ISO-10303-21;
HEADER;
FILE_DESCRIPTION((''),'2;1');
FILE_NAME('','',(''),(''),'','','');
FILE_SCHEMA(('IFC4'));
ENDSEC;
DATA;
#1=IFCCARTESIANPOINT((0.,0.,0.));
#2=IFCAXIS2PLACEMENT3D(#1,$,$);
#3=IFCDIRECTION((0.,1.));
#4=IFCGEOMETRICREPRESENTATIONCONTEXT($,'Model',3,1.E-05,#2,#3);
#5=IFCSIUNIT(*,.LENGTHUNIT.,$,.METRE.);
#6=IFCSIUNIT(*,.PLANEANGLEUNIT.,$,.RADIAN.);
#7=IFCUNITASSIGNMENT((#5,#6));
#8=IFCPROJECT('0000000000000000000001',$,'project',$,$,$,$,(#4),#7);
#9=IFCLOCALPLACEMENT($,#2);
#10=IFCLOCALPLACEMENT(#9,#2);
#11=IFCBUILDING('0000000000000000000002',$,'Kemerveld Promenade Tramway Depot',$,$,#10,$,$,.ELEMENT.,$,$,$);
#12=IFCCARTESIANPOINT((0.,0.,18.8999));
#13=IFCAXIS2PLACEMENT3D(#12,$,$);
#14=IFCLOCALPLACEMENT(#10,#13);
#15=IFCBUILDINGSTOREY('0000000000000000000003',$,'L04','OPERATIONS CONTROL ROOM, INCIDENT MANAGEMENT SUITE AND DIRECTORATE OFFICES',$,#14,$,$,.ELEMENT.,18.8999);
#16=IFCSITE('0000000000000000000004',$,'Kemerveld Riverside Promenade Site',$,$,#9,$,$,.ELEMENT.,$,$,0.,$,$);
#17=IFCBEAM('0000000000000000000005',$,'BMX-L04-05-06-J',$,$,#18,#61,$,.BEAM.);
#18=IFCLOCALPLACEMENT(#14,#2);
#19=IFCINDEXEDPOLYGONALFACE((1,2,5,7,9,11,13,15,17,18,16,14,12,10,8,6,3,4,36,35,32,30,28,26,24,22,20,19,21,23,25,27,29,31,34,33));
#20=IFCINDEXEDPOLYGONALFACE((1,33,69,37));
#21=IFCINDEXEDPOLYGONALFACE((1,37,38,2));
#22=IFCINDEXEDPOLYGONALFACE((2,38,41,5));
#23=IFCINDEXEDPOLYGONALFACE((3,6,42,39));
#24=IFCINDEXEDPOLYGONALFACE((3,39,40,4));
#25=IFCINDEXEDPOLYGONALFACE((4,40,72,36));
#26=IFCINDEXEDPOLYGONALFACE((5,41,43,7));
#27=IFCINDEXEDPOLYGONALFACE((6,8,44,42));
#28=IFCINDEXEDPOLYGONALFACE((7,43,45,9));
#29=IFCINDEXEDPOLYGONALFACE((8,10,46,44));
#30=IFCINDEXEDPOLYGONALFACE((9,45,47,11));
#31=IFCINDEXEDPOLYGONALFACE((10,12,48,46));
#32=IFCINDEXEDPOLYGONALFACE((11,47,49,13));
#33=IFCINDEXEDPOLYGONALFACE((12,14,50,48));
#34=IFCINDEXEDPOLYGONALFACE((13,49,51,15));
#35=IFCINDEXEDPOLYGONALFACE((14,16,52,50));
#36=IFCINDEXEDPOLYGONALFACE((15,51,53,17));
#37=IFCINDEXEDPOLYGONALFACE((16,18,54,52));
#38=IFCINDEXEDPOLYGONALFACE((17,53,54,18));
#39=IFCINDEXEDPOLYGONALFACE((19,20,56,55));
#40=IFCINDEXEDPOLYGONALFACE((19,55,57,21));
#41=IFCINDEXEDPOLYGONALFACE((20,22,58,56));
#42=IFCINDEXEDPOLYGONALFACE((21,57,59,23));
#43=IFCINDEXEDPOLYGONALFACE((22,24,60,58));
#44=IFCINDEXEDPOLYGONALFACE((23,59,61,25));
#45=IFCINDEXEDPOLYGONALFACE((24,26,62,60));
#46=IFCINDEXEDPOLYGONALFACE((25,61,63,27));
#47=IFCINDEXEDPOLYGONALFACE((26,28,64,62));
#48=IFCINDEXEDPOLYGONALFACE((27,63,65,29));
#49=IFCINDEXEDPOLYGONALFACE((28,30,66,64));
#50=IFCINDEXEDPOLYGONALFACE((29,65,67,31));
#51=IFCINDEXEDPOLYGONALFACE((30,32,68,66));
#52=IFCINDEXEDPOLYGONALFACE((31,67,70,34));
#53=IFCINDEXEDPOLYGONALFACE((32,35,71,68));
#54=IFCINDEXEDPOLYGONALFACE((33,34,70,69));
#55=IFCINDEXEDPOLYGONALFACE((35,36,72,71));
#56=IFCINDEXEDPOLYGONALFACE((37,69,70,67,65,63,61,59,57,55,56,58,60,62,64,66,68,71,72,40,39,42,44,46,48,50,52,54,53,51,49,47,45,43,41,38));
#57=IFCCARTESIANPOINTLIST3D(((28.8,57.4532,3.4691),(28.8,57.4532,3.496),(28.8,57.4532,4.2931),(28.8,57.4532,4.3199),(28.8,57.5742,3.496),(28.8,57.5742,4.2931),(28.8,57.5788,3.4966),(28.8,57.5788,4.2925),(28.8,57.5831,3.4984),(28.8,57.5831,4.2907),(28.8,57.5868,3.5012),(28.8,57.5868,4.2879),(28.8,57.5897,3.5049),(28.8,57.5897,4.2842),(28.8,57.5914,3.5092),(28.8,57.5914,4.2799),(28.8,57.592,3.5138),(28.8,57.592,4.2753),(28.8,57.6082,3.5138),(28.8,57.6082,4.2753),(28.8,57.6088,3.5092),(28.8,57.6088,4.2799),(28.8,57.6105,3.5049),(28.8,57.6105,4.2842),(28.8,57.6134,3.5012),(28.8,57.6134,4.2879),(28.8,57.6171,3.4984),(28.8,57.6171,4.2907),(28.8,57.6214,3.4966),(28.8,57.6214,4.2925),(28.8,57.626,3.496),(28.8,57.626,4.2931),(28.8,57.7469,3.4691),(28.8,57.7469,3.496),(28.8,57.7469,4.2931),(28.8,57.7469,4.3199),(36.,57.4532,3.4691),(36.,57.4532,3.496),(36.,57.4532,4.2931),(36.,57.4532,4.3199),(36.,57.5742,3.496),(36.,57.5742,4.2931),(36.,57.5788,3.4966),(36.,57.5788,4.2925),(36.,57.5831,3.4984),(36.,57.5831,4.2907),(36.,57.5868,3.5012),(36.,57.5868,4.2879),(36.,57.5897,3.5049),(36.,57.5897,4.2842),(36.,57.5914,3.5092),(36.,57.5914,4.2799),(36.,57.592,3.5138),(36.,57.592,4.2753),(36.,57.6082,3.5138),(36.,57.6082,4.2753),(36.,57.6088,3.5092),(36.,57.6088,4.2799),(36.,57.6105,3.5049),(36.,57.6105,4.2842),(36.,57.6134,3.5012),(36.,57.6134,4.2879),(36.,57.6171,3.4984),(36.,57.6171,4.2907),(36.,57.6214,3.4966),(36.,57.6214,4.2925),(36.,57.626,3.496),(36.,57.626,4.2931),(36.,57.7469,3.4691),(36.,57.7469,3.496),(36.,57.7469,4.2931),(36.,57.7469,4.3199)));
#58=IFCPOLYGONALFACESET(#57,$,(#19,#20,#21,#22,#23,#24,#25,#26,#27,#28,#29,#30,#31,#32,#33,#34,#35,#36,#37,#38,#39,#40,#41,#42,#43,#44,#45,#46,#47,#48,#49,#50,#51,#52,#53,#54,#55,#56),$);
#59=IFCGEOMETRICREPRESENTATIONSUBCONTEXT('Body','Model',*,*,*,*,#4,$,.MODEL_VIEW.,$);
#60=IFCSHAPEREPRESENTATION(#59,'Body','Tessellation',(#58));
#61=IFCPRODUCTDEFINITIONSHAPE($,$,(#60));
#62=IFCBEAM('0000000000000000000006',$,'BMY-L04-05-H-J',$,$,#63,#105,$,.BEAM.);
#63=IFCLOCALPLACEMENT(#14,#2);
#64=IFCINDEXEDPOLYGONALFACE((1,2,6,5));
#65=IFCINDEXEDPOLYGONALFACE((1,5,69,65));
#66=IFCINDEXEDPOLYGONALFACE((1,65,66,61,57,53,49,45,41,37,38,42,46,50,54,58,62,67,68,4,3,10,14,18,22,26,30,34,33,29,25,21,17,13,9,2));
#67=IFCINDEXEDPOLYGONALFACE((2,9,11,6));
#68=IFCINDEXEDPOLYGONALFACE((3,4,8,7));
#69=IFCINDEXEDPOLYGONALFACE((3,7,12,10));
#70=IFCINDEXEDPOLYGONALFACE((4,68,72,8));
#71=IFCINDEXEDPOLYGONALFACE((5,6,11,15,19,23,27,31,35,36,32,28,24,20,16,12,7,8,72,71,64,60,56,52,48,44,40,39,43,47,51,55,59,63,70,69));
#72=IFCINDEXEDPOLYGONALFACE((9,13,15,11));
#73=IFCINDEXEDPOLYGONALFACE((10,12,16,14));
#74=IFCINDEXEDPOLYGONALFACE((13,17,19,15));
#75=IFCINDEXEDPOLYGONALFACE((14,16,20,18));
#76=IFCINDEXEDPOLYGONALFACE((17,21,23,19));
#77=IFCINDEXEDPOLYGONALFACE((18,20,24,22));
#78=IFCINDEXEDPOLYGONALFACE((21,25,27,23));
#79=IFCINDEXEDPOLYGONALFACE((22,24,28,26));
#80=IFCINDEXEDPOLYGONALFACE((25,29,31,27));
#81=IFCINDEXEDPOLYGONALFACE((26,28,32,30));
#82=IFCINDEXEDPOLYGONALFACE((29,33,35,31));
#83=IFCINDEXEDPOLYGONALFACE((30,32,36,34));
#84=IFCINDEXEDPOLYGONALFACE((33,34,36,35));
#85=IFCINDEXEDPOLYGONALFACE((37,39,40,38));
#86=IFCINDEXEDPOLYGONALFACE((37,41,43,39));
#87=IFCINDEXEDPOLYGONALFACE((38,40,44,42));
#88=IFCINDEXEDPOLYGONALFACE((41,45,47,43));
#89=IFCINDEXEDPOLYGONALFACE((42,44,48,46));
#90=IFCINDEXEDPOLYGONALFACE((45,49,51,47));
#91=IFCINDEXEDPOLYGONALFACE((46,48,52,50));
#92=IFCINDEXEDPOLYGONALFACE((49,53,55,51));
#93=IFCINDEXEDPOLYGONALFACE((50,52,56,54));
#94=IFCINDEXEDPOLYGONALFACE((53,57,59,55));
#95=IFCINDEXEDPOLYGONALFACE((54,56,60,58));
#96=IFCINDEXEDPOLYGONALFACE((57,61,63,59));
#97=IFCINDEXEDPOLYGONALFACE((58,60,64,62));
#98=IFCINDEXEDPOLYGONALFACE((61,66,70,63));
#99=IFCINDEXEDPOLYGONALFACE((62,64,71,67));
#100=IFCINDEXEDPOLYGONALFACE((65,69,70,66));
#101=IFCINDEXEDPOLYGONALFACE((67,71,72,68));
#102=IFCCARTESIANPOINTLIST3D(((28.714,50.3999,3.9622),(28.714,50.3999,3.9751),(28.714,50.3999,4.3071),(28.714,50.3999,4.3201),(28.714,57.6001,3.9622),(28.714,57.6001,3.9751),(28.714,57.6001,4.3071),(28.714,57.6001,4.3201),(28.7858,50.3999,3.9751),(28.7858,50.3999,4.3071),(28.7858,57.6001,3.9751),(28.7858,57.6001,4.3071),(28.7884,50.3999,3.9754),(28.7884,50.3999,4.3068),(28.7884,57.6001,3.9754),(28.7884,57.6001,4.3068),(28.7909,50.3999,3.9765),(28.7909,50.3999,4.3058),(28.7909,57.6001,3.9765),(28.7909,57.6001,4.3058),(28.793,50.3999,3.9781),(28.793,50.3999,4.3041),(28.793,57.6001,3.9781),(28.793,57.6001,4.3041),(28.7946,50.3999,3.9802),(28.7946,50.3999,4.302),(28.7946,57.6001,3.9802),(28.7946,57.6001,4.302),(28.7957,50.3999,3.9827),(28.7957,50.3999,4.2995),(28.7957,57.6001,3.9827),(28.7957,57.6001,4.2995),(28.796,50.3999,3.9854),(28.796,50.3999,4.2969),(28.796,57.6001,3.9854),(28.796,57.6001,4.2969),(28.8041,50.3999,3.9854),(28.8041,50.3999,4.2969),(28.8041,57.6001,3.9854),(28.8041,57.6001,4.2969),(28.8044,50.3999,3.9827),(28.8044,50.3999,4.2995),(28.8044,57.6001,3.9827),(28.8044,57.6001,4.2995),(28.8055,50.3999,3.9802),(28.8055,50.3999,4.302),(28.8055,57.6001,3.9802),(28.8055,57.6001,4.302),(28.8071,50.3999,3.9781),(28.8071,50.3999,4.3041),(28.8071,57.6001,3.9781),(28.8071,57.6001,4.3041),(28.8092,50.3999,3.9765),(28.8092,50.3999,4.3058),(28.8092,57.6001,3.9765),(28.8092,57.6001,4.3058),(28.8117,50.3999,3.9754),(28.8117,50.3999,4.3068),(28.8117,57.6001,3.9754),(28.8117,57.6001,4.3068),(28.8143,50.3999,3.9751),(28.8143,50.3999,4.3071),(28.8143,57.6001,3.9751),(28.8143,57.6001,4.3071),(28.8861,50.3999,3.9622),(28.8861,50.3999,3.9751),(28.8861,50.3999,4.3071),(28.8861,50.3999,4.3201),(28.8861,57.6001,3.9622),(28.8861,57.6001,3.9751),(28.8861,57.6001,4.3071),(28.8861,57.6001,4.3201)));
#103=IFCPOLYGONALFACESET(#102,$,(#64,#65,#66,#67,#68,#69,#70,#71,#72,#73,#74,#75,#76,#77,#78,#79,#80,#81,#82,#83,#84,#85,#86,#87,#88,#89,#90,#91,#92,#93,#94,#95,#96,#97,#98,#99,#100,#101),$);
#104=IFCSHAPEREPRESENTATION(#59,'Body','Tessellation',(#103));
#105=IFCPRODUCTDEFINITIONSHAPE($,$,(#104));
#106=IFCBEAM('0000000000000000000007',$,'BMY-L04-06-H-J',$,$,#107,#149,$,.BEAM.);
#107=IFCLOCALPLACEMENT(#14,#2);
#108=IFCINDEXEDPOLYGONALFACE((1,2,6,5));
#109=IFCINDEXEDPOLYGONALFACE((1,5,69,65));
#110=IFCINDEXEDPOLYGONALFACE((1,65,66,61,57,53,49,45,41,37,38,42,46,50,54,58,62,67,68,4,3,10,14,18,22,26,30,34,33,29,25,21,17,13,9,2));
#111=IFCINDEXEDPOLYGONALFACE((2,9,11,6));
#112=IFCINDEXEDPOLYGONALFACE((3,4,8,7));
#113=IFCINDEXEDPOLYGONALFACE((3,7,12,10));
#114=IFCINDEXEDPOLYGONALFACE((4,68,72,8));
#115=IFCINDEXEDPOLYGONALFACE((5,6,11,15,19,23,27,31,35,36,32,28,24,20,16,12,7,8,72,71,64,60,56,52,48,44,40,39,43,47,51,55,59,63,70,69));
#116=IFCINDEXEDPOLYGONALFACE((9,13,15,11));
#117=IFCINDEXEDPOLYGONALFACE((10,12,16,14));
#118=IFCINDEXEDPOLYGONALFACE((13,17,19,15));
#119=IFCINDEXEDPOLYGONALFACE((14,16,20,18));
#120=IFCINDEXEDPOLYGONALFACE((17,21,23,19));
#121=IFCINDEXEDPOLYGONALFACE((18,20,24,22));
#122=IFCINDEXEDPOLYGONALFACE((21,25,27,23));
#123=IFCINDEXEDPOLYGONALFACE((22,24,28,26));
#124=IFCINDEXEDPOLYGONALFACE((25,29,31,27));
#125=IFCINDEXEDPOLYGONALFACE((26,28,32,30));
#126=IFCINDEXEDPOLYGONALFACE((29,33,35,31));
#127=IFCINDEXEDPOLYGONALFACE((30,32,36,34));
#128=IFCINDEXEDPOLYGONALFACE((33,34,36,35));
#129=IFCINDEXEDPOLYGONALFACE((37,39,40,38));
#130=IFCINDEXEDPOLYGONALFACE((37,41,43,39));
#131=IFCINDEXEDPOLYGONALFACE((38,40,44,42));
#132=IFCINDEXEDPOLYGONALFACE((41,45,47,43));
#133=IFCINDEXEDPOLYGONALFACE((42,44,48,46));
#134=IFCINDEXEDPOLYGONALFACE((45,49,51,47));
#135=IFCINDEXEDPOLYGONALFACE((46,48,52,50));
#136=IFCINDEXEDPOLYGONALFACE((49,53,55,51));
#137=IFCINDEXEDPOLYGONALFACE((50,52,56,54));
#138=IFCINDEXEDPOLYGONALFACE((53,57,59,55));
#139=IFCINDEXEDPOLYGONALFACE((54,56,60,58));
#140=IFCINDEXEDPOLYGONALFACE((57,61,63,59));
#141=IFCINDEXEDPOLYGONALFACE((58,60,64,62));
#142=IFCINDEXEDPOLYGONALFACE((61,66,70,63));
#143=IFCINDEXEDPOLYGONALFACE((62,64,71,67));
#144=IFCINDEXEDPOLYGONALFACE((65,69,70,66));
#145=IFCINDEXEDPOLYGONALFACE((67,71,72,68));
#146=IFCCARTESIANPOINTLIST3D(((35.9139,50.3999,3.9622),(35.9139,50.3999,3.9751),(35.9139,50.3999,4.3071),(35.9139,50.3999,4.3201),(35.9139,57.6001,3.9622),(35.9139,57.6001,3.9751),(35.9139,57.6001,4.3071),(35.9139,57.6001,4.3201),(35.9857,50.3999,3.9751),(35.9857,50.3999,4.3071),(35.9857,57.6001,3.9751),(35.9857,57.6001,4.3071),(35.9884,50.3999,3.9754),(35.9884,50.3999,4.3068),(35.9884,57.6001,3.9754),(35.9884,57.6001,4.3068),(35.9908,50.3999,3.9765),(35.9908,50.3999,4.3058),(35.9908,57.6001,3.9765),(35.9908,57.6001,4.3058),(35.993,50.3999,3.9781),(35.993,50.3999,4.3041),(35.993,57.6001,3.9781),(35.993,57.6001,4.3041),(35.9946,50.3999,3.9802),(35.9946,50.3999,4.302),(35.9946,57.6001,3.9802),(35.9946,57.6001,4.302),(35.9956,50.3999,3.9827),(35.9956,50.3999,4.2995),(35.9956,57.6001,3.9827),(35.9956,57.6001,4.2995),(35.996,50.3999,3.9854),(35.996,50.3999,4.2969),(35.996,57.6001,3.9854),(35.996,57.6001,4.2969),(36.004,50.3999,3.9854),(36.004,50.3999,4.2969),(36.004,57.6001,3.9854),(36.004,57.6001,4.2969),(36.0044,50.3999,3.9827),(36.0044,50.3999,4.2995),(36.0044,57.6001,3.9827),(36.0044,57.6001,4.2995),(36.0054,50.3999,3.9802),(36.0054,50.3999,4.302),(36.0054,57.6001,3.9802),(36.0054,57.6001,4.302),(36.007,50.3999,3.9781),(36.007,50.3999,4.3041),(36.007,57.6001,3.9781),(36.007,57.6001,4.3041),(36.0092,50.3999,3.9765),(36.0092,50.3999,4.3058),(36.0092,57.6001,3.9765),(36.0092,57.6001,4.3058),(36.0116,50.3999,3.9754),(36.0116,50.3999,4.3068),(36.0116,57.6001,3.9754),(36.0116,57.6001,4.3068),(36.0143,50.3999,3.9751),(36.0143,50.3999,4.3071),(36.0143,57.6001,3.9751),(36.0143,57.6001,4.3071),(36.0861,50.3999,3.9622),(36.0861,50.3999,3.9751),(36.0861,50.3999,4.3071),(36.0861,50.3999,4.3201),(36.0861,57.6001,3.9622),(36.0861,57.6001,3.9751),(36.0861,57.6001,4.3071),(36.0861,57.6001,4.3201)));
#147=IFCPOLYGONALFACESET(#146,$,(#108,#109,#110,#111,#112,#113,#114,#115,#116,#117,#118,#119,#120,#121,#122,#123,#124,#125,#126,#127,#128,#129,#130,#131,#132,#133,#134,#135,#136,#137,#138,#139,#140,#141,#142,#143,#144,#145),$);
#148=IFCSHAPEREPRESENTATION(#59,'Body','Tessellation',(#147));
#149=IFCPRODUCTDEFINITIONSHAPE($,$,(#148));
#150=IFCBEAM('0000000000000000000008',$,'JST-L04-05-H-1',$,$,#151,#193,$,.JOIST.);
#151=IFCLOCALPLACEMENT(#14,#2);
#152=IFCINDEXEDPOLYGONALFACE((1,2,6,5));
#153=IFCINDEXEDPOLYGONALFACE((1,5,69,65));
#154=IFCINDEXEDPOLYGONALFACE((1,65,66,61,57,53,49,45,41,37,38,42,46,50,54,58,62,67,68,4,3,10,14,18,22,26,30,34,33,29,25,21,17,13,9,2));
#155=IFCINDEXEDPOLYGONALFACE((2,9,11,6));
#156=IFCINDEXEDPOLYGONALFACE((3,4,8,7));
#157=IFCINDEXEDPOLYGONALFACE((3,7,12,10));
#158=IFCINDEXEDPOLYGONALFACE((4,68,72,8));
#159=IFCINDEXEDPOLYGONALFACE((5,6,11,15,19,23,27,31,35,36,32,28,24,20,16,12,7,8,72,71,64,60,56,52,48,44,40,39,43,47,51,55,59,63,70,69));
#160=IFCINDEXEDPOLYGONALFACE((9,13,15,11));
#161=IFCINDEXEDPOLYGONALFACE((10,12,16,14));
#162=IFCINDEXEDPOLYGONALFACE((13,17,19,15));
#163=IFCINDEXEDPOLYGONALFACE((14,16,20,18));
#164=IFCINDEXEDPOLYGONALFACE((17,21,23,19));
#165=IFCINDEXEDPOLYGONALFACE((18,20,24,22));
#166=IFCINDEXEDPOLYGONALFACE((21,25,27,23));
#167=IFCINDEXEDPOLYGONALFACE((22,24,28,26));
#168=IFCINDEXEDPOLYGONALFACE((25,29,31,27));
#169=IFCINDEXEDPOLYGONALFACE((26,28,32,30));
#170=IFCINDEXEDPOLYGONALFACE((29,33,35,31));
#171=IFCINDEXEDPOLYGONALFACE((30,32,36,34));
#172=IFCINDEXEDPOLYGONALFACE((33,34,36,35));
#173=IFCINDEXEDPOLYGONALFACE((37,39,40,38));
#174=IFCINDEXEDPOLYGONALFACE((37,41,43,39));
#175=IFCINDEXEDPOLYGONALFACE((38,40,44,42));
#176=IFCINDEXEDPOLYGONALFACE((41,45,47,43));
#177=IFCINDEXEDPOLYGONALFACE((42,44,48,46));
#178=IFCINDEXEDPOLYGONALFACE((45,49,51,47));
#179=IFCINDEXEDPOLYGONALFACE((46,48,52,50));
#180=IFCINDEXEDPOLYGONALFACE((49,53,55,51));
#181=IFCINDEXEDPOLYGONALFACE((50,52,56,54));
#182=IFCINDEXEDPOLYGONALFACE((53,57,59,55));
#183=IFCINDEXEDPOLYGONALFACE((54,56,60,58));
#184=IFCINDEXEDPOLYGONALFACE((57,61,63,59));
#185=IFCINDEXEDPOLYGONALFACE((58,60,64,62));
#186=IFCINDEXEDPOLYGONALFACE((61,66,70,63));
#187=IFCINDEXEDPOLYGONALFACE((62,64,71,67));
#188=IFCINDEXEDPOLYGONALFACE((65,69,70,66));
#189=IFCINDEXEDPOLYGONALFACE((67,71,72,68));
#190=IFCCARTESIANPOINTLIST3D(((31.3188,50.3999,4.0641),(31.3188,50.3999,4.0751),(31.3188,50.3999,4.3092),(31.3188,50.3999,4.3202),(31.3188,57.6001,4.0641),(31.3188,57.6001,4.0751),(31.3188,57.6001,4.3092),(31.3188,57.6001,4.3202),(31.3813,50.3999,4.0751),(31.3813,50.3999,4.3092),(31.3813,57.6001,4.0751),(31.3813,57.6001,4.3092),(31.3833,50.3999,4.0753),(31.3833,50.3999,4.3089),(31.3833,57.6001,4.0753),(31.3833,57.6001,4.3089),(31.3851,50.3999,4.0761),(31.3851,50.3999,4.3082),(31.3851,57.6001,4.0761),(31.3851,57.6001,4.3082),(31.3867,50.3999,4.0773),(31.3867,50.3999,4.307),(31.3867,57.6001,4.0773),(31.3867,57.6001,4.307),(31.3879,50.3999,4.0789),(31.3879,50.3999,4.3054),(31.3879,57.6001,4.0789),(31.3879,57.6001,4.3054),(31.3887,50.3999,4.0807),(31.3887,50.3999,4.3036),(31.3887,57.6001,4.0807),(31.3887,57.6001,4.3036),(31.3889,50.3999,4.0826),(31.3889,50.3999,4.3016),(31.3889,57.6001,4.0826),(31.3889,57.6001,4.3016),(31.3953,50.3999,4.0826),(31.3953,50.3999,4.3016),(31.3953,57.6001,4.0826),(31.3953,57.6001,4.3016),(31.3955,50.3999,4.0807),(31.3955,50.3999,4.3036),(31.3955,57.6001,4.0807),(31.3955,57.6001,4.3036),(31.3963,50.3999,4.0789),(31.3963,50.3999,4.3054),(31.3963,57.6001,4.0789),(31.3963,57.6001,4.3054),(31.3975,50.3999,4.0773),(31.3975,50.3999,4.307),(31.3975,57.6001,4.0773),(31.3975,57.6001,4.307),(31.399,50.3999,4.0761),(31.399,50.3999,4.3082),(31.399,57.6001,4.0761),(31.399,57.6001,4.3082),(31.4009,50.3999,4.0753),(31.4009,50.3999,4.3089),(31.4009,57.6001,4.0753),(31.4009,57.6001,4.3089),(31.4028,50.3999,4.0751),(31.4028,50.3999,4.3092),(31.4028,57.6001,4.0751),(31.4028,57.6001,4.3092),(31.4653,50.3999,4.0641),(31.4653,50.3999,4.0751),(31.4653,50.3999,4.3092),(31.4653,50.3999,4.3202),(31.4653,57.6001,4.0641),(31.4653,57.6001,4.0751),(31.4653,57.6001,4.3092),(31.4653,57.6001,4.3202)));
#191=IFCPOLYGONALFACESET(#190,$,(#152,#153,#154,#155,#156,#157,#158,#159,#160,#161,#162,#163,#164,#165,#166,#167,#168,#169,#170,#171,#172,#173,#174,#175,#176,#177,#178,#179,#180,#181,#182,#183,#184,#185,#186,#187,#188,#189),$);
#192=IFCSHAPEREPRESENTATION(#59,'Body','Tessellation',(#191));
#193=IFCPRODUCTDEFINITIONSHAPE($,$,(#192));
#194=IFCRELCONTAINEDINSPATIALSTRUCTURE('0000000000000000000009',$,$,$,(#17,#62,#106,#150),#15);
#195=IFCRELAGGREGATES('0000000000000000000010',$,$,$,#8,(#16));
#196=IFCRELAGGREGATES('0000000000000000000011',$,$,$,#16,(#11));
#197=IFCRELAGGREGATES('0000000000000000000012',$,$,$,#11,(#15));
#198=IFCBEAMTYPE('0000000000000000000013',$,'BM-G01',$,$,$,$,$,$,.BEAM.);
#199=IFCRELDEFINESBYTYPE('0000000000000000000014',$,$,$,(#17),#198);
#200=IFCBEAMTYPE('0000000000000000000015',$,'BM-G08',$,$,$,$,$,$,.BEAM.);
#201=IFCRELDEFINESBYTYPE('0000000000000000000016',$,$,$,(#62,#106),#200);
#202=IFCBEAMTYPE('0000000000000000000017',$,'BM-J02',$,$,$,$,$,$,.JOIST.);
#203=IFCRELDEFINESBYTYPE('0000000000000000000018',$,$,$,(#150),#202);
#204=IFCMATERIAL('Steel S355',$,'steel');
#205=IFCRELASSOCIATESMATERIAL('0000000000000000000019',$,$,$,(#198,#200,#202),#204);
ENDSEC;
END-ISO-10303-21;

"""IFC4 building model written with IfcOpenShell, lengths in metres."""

from ifc_helpers import new_model, si_unit, direction, frame, origin, origin_2d, place, context, subcontext, project, spatial, i_section, extrude, material, material_profile, profile_set, type_object, element, save


model = new_model("IFC4")

# Units and contexts
model_context = context("Model", 3, precision=1e-05, world=origin(), true_north=direction((0.0, 1.0)))
body_context = subcontext(model_context, "Body", "Model", "MODEL_VIEW")
ifc_project = project(units=[si_unit("LENGTHUNIT", "METRE"), si_unit("PLANEANGLEUNIT", "RADIAN")], contexts=[model_context])

# Site, building, storey
site_placement = place(None, origin())
site = spatial("IfcSite", under=ifc_project, at=site_placement, Name="Kemerveld Riverside Promenade Site", CompositionType="ELEMENT", RefElevation=0.0)
building_placement = place(site_placement, origin())
building = spatial("IfcBuilding", under=site, at=building_placement, Name="Kemerveld Promenade Tramway Depot", CompositionType="ELEMENT")
storey_placement = place(building_placement, frame((0.0, 0.0, 18.8999)))
storey = spatial("IfcBuildingStorey", under=building, at=storey_placement, Name="L04", Description="OPERATIONS CONTROL ROOM, INCIDENT MANAGEMENT SUITE AND DIRECTORATE OFFICES", CompositionType="ELEMENT", Elevation=18.8999)

# Shared definitions
ifc_material_1 = material(Name="Steel S355", Category="steel")

# Beams
ifc_material_profile_1 = material_profile(ifc_material_1, i_section(OverallWidth=0.2937, OverallDepth=0.8508, WebThickness=0.0161, FlangeThickness=0.0269, FilletRadius=0.0178, at=origin_2d()), Name="838x292x226 UB")
ifc_profile_set_1 = profile_set([ifc_material_profile_1], Name="Steel S355")
beam_type_1 = type_object("IfcBeamType", Name="BM-G01", PredefinedType="BEAM", material=ifc_profile_set_1)
beam_1_placement = place(storey_placement, frame((28.8, 57.6001, 3.8945), z_axis=(1.0, 0.0, 0.0), x_axis=(0.0, 1.0, 0.0)))
element("IfcBeam", 1, at=beam_1_placement, inside=storey, type_object=beam_type_1, Name="BMX-L04-05-06-J", PredefinedType="BEAM", context=body_context, shape_type="SweptSolid", body=[
    extrude(i_section(OverallWidth=0.2937, OverallDepth=0.8508, WebThickness=0.0161, FlangeThickness=0.0269, FilletRadius=0.0178, at=origin_2d()), origin(), (0.0, 0.0, 1.0), 7.2),
])
ifc_material_profile_2 = material_profile(ifc_material_1, i_section(OverallWidth=0.1721, OverallDepth=0.3579, WebThickness=0.0081, FlangeThickness=0.0129, FilletRadius=0.0103, at=origin_2d()), Name="356x171x57 UB")
ifc_profile_set_2 = profile_set([ifc_material_profile_2], Name="Steel S355")
beam_type_2 = type_object("IfcBeamType", Name="BM-G08", PredefinedType="BEAM", material=ifc_profile_set_2)
for number, where, z_axis, x_axis, name in (
    (2, (28.8, 50.3999, 4.1411), (0.0, 1.0, 0.0), (-1.0, 0.0, 0.0), "BMY-L04-05-H-J"),
    (3, (36.0, 50.3999, 4.1411), (0.0, 1.0, 0.0), (-1.0, 0.0, 0.0), "BMY-L04-06-H-J"),
):
    element("IfcBeam", number, at=place(storey_placement, frame(where, z_axis=z_axis, x_axis=x_axis)), inside=storey, type_object=beam_type_2, Name=name, PredefinedType="BEAM", context=body_context, shape_type="SweptSolid", body=[
        extrude(i_section(OverallWidth=0.1721, OverallDepth=0.3579, WebThickness=0.0081, FlangeThickness=0.0129, FilletRadius=0.0103, at=origin_2d()), origin(), (0.0, 0.0, 1.0), 7.2002),
    ])
ifc_material_profile_3 = material_profile(ifc_material_1, i_section(OverallWidth=0.1465, OverallDepth=0.2561, WebThickness=0.0063, FlangeThickness=0.011, FilletRadius=0.0076, at=origin_2d()), Name="254x146x37 UB")
ifc_profile_set_3 = profile_set([ifc_material_profile_3], Name="Steel S355")
beam_type_3 = type_object("IfcBeamType", Name="BM-J02", PredefinedType="JOIST", material=ifc_profile_set_3)
for number, where, z_axis, x_axis, name in (
    (4, (31.3921, 50.3999, 4.1921), (0.0, 1.0, 0.0), (-1.0, 0.0, 0.0), "JST-L04-05-H-1"),
):
    element("IfcBeam", number, at=place(storey_placement, frame(where, z_axis=z_axis, x_axis=x_axis)), inside=storey, type_object=beam_type_3, Name=name, PredefinedType="JOIST", context=body_context, shape_type="SweptSolid", body=[
        extrude(i_section(OverallWidth=0.1465, OverallDepth=0.2561, WebThickness=0.0063, FlangeThickness=0.011, FilletRadius=0.0076, at=origin_2d()), origin(), (0.0, 0.0, 1.0), 7.2002),
    ])

save(model, "model.ifc")
